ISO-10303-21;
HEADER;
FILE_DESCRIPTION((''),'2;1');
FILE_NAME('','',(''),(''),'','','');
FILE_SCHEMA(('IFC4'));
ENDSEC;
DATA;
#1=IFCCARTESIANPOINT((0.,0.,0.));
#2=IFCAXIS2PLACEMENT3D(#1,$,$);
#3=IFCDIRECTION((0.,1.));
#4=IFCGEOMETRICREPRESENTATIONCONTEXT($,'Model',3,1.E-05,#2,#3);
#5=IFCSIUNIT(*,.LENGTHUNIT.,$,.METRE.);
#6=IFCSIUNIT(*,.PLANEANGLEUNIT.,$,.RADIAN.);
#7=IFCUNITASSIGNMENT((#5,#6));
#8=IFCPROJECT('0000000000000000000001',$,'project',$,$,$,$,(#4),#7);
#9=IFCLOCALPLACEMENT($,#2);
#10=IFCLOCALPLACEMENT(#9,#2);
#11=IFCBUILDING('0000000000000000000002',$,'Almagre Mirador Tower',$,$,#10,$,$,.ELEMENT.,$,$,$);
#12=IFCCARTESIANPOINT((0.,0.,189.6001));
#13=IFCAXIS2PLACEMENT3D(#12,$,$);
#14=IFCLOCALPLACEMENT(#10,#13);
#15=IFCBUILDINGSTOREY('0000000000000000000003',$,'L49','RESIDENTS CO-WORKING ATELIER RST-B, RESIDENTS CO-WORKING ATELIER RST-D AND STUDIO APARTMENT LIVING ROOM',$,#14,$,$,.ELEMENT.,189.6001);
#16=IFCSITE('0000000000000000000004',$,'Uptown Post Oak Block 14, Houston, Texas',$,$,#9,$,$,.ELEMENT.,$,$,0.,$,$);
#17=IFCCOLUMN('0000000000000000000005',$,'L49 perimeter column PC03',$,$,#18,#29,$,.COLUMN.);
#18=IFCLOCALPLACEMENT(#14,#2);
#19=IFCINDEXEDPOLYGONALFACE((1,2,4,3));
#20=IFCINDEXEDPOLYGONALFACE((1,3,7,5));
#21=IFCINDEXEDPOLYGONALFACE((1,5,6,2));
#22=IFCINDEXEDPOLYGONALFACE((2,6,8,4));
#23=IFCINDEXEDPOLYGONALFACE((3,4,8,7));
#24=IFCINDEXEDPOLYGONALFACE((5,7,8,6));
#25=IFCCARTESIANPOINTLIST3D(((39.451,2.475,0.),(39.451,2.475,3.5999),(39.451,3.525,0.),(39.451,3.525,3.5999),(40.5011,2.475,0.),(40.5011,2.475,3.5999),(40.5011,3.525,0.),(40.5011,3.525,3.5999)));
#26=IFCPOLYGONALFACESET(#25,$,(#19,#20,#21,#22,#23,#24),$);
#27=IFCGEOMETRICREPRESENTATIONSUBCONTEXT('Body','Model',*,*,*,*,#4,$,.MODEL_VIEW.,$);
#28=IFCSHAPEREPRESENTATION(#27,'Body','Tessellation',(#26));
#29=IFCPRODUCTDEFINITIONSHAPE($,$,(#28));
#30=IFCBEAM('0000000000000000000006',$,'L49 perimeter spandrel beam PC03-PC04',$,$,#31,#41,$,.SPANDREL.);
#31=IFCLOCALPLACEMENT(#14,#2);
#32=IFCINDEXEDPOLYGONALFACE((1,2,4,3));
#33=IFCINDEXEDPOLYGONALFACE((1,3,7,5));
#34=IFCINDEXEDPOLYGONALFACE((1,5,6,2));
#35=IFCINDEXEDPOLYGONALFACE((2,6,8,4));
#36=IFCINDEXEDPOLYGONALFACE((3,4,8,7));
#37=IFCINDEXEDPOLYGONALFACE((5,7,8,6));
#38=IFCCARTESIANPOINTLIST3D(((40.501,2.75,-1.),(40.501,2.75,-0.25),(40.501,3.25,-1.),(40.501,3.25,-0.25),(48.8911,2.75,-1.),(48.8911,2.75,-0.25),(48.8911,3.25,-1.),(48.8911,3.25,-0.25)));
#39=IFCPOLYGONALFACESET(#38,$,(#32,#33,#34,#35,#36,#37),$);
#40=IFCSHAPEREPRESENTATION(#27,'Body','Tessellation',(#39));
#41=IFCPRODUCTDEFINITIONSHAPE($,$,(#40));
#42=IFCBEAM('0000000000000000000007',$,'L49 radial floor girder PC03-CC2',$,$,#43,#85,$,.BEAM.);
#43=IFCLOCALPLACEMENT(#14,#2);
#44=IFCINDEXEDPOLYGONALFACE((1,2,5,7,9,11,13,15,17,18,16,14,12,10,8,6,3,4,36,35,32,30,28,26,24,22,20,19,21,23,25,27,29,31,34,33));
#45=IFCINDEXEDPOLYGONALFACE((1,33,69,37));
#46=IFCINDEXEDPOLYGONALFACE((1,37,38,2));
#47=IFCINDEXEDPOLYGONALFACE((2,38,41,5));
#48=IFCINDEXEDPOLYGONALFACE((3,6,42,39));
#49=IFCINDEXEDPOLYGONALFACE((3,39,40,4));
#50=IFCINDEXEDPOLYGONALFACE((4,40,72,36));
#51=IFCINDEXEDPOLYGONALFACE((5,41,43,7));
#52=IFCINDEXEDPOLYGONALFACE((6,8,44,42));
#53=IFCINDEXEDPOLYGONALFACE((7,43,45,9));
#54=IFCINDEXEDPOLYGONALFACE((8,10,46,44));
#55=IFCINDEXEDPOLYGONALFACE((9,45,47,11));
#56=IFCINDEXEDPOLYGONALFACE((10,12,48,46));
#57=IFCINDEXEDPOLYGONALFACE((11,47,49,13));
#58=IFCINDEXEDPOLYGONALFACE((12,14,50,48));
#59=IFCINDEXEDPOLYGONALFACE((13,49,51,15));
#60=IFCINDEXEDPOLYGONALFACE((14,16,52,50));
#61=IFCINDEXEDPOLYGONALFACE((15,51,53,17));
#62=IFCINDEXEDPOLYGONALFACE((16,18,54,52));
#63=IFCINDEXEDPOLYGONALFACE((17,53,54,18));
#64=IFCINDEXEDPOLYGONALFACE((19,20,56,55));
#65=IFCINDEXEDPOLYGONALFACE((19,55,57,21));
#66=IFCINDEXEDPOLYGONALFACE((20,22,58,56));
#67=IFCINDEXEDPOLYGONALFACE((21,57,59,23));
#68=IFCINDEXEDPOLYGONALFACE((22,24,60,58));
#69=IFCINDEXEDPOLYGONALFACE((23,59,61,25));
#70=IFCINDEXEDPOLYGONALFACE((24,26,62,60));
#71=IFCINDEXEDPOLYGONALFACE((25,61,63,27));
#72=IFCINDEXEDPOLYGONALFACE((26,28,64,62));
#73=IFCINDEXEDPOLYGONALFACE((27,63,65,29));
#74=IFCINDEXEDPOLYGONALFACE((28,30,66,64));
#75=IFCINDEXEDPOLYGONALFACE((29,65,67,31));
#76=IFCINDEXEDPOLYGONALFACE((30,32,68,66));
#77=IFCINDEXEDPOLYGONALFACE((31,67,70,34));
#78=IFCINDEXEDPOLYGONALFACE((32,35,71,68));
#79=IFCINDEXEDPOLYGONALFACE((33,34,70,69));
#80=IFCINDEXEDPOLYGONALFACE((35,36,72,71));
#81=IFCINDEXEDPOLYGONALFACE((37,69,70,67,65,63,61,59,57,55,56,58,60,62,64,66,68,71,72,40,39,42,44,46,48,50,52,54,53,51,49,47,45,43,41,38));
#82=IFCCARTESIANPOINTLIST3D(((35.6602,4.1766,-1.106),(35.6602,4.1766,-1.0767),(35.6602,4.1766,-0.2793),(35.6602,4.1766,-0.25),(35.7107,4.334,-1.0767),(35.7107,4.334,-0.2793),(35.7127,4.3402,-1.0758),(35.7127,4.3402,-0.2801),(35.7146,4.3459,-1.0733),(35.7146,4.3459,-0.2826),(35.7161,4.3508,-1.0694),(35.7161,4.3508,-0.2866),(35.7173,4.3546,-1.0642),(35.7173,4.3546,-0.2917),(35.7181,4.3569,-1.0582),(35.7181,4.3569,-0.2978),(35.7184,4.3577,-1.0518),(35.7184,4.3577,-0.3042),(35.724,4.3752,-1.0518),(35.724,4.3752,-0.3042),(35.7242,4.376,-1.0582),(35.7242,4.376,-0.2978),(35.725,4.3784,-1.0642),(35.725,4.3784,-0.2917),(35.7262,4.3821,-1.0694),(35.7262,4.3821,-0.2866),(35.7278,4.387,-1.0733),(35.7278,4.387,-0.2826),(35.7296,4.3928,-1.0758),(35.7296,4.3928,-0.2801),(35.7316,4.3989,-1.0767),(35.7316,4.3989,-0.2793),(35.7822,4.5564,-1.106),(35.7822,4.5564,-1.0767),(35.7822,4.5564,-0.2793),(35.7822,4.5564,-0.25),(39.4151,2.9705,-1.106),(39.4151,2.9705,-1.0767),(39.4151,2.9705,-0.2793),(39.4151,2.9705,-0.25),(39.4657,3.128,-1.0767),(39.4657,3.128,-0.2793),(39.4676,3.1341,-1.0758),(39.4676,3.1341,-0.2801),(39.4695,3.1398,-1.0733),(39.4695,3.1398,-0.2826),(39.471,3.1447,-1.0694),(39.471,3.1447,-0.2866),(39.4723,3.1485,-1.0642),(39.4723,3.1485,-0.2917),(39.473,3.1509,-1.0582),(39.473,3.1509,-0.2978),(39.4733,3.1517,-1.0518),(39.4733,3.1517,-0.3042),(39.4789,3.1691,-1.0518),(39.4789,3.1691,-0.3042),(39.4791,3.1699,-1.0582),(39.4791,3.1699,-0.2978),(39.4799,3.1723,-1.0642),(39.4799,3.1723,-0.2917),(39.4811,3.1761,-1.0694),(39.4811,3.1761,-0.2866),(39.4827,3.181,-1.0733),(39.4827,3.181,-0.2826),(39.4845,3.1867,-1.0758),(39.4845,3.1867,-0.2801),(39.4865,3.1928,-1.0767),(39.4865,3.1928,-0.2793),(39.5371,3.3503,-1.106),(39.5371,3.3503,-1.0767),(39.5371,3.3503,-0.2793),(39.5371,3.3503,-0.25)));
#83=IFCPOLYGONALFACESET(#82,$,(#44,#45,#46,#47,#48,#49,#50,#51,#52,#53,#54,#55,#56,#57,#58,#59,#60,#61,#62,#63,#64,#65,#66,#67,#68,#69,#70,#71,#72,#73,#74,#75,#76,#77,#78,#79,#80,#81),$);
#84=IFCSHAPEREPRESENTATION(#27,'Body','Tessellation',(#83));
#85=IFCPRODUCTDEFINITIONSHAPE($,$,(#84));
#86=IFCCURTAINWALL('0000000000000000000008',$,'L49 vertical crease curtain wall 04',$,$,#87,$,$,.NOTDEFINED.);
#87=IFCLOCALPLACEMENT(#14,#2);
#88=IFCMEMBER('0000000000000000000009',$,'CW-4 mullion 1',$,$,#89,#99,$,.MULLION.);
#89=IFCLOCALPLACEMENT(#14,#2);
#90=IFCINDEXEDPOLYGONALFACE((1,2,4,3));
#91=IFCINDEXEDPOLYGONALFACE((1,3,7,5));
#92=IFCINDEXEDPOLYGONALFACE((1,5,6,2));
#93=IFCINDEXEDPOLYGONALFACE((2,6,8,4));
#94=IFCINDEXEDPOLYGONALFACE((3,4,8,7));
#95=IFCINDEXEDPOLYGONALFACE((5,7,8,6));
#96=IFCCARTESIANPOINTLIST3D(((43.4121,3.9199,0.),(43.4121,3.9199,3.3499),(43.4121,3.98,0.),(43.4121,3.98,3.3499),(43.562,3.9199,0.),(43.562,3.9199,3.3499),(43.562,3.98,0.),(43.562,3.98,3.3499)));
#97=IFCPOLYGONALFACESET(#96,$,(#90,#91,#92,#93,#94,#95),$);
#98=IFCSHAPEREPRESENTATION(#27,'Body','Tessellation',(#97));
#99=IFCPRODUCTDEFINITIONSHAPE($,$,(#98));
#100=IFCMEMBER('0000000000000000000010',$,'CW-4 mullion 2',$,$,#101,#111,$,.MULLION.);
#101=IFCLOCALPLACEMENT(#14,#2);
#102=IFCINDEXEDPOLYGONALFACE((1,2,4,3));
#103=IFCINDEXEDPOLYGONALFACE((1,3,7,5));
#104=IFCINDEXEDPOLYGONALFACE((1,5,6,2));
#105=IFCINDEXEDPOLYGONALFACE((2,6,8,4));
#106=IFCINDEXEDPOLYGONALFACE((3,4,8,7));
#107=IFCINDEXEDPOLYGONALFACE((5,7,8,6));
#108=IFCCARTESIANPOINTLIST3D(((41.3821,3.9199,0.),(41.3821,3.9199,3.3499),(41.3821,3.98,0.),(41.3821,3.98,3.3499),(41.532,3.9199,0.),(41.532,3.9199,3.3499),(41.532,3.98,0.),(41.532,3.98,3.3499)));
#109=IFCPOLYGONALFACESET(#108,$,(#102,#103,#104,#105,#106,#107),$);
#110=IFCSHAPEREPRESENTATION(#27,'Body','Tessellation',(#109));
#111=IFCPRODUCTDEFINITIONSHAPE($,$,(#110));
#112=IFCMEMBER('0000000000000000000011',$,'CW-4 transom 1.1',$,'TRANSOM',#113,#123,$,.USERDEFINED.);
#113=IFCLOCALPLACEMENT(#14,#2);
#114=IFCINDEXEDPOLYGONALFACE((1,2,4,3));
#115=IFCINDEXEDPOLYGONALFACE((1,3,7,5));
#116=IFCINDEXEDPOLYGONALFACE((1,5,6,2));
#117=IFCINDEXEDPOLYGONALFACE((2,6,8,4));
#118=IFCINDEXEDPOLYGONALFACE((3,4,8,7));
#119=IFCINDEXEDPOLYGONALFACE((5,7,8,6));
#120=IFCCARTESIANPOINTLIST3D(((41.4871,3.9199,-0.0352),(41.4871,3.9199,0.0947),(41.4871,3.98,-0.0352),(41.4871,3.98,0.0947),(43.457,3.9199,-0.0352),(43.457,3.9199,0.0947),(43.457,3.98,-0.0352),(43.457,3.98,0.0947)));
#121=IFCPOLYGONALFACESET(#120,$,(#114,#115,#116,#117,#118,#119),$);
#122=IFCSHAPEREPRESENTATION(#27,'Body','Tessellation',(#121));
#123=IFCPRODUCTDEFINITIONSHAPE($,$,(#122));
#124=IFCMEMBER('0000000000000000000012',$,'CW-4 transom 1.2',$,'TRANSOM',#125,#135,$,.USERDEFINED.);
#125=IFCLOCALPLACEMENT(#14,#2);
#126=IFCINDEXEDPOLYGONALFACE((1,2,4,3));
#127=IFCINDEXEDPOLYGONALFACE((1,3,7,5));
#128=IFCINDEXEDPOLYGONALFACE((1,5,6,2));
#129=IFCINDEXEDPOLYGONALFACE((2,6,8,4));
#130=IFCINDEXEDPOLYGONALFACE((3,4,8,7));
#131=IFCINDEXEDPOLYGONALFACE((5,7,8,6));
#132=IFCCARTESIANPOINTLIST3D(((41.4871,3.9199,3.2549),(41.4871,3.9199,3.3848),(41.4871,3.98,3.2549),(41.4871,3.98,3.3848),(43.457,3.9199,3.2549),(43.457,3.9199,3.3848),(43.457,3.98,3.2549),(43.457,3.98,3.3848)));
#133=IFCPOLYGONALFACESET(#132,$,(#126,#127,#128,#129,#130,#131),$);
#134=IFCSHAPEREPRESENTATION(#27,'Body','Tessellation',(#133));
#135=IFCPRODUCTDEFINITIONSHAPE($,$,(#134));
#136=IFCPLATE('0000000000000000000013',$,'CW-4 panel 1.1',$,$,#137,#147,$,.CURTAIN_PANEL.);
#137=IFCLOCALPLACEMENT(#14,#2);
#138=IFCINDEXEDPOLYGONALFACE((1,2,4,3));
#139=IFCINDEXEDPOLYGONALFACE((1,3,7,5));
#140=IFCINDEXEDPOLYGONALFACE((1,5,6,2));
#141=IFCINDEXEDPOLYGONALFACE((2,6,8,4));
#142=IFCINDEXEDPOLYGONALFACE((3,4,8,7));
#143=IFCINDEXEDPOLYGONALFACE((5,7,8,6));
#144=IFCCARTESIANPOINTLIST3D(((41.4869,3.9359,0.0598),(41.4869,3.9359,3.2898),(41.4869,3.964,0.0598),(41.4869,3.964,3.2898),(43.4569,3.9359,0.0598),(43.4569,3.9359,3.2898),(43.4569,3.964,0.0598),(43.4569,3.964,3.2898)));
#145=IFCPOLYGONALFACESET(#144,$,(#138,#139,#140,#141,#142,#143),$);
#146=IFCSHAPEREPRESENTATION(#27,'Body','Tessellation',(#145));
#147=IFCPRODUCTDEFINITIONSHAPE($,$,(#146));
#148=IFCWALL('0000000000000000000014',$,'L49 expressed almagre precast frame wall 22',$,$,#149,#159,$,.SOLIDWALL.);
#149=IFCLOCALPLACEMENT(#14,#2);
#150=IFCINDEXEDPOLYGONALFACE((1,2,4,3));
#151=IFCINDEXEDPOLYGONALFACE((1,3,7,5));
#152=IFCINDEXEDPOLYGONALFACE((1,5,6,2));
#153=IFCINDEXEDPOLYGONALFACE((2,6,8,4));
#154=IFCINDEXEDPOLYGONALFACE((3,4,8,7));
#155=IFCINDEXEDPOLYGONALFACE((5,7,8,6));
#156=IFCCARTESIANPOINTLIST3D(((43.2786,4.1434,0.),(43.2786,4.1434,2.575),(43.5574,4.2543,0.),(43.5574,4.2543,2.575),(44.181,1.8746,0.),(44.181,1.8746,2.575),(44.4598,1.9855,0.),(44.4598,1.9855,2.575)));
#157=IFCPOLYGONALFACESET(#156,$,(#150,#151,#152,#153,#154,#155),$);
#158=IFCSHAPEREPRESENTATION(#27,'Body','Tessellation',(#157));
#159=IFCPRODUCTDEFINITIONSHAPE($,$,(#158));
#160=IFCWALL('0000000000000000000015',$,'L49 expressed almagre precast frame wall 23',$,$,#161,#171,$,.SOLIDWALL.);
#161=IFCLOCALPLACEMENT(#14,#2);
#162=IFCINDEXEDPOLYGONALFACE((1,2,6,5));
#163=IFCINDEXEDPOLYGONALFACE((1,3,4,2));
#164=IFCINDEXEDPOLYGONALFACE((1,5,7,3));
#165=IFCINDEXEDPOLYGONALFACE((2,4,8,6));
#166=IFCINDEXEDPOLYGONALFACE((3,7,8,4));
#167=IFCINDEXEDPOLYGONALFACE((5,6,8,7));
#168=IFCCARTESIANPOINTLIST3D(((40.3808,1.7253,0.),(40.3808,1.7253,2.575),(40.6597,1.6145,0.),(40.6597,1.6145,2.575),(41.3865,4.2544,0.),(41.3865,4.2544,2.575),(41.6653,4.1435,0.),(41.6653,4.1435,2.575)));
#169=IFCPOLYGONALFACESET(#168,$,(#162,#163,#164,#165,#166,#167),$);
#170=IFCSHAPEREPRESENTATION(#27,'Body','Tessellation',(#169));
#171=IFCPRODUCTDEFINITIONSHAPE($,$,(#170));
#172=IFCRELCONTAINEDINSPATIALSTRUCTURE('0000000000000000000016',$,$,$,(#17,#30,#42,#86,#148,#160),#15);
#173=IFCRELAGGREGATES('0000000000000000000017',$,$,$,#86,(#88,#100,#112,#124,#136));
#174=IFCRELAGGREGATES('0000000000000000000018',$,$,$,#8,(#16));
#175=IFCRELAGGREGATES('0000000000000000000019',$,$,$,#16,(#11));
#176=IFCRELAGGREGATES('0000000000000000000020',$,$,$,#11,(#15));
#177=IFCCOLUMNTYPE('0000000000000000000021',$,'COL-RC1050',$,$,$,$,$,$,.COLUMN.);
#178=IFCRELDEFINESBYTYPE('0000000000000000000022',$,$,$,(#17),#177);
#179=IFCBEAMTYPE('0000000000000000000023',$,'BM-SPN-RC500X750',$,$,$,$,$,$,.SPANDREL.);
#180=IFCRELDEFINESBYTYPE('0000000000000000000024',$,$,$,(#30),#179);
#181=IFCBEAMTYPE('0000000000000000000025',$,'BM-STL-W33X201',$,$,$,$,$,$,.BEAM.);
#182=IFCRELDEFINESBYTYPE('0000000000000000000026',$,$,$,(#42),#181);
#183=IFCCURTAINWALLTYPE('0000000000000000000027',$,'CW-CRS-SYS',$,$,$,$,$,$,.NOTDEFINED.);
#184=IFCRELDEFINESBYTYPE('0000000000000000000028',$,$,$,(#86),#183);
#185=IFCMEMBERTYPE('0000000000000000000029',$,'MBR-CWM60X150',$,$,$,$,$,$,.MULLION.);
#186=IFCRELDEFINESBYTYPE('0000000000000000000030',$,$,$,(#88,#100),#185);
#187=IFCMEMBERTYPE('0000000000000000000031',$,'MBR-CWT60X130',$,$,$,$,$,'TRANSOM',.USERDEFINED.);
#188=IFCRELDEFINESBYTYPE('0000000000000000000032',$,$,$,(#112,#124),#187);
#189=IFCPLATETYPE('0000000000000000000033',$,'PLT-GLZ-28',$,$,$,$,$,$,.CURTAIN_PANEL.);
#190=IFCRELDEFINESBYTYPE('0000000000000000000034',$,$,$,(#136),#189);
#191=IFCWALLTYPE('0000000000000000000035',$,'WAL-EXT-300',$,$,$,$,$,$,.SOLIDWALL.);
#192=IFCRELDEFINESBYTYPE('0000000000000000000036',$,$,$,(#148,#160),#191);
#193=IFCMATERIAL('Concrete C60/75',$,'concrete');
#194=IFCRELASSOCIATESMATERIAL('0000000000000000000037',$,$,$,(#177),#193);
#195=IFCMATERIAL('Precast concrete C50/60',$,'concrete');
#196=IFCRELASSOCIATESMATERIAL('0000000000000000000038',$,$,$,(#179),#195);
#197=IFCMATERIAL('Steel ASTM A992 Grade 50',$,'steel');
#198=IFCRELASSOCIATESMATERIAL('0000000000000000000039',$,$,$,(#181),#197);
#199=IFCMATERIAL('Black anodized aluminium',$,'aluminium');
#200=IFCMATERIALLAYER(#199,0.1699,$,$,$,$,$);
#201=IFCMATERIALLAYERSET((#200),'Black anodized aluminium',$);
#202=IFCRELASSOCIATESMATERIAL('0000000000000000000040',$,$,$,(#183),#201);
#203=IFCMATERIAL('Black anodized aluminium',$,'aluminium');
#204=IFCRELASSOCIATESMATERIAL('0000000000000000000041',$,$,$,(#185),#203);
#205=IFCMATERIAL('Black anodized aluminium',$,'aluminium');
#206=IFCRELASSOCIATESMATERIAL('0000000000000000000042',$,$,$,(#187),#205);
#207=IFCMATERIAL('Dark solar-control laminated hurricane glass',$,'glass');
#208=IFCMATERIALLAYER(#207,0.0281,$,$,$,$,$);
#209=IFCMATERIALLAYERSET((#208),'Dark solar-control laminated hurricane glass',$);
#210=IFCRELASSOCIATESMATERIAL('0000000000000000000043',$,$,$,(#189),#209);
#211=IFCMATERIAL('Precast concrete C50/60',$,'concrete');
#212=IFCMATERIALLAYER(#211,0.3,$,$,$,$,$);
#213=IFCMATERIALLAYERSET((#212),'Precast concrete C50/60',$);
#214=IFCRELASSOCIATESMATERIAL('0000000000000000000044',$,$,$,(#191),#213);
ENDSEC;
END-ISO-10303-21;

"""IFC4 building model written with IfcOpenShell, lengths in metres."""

from ifc_helpers import new_model, si_unit, direction, frame, frame_2d, origin, origin_2d, place, context, subcontext, project, spatial, rectangle, i_section, extrude, material, layer, layer_set, material_profile, profile_set, type_object, element, aggregate, save


model = new_model("IFC4")

# Units and contexts
model_context = context("Model", 3, precision=1e-05, world=origin(), true_north=direction((0.0, 1.0)))
body_context = subcontext(model_context, "Body", "Model", "MODEL_VIEW")
ifc_project = project(units=[si_unit("LENGTHUNIT", "METRE"), si_unit("PLANEANGLEUNIT", "RADIAN")], contexts=[model_context])

# Site, building, storey
site_placement = place(None, origin())
site = spatial("IfcSite", under=ifc_project, at=site_placement, Name="Uptown Post Oak Block 14, Houston, Texas", CompositionType="ELEMENT", RefElevation=0.0)
building_placement = place(site_placement, origin())
building = spatial("IfcBuilding", under=site, at=building_placement, Name="Almagre Mirador Tower", CompositionType="ELEMENT")
storey_placement = place(building_placement, frame((0.0, 0.0, 189.6001)))
storey = spatial("IfcBuildingStorey", under=building, at=storey_placement, Name="L49", Description="RESIDENTS CO-WORKING ATELIER RST-B, RESIDENTS CO-WORKING ATELIER RST-D AND STUDIO APARTMENT LIVING ROOM", CompositionType="ELEMENT", Elevation=189.6001)

# Column
ifc_material_1 = material(Name="Concrete C60/75", Category="concrete")
ifc_material_profile_1 = material_profile(ifc_material_1, rectangle(XDim=1.05, YDim=1.05, at=origin_2d()), Name="RC1050X1050")
ifc_profile_set_1 = profile_set([ifc_material_profile_1], Name="Concrete C60/75")
column_type = type_object("IfcColumnType", Name="COL-RC1050", PredefinedType="COLUMN", material=ifc_profile_set_1)
column_placement = place(storey_placement, frame((39.9761, 3.0, 0.0), z_axis=(0.0, 0.0, 1.0), x_axis=(1.0, 0.0, 0.0)))
element("IfcColumn", 1, at=column_placement, inside=storey, type_object=column_type, Name="L49 perimeter column PC03", PredefinedType="COLUMN", context=body_context, shape_type="SweptSolid", body=[
    extrude(rectangle(XDim=1.05, YDim=1.05, at=origin_2d()), origin(), (0.0, 0.0, 1.0), 3.5999),
])

# Beams
ifc_material_2 = material(Name="Precast concrete C50/60", Category="concrete")
ifc_material_profile_2 = material_profile(ifc_material_2, rectangle(XDim=0.5, YDim=0.75, at=origin_2d()), Name="RC500X750")
ifc_profile_set_2 = profile_set([ifc_material_profile_2], Name="Precast concrete C50/60")
beam_type_1 = type_object("IfcBeamType", Name="BM-SPN-RC500X750", PredefinedType="SPANDREL", material=ifc_profile_set_2)
beam_1_placement = place(storey_placement, frame((40.501, 3.0, -0.625), z_axis=(1.0, 0.0, 0.0), x_axis=(0.0, 1.0, 0.0)))
element("IfcBeam", 2, at=beam_1_placement, inside=storey, type_object=beam_type_1, Name="L49 perimeter spandrel beam PC03-PC04", PredefinedType="SPANDREL", context=body_context, shape_type="SweptSolid", body=[
    extrude(rectangle(XDim=0.5, YDim=0.75, at=origin_2d()), origin(), (0.0, 0.0, 1.0), 8.3901),
])
ifc_material_3 = material(Name="Steel ASTM A992 Grade 50", Category="steel")
ifc_material_profile_3 = material_profile(ifc_material_3, i_section(OverallWidth=0.3989, OverallDepth=0.856, WebThickness=0.0183, FlangeThickness=0.0293, FilletRadius=0.0249, at=origin_2d()), Name="W33X201")
ifc_profile_set_3 = profile_set([ifc_material_profile_3], Name="Steel ASTM A992 Grade 50")
beam_type_2 = type_object("IfcBeamType", Name="BM-STL-W33X201", PredefinedType="BEAM", material=ifc_profile_set_3)
beam_2_placement = place(storey_placement, frame((39.4761, 3.1604, -0.678), z_axis=(-0.952093, 0.305809, 0.0), x_axis=(-0.305809, -0.952093, 0.0)))
element("IfcBeam", 3, at=beam_2_placement, inside=storey, type_object=beam_type_2, Name="L49 radial floor girder PC03-CC2", PredefinedType="BEAM", context=body_context, shape_type="SweptSolid", body=[
    extrude(i_section(OverallWidth=0.3989, OverallDepth=0.856, WebThickness=0.0183, FlangeThickness=0.0293, FilletRadius=0.0249, at=origin_2d()), origin(), (0.0, 0.0, 1.0), 3.9438),
])

# Curtain wall, members, plate
ifc_material_4 = material(Name="Black anodized aluminium", Category="aluminium")
ifc_layer_1 = layer(ifc_material_4, 0.1699)
ifc_layer_set_1 = layer_set([ifc_layer_1], Name="Black anodized aluminium")
curtain_wall_type = type_object("IfcCurtainWallType", Name="CW-CRS-SYS", PredefinedType="NOTDEFINED", material=ifc_layer_set_1)
curtain_wall_placement = place(storey_placement, origin())
curtain_wall = element("IfcCurtainWall", 4, at=curtain_wall_placement, inside=storey, type_object=curtain_wall_type, Name="L49 vertical crease curtain wall 04", PredefinedType="NOTDEFINED")
ifc_material_5 = material(Name="Black anodized aluminium", Category="aluminium")
ifc_material_profile_4 = material_profile(ifc_material_5, rectangle(XDim=0.0601, YDim=0.1499, at=origin_2d()), Name="CWM60X150")
ifc_profile_set_4 = profile_set([ifc_material_profile_4], Name="Black anodized aluminium")
member_type_1 = type_object("IfcMemberType", Name="MBR-CWM60X150", PredefinedType="MULLION", material=ifc_profile_set_4)
member_1_placement = place(storey_placement, frame((43.4871, 3.95, 0.0), z_axis=(0.0, 0.0, 1.0), x_axis=(0.0, -1.0, 0.0)))
member_1 = element("IfcMember", 5, at=member_1_placement, type_object=member_type_1, Name="CW-4 mullion 1", PredefinedType="MULLION", context=body_context, shape_type="SweptSolid", body=[
    extrude(rectangle(XDim=0.0601, YDim=0.1499, at=origin_2d()), origin(), (0.0, 0.0, 1.0), 3.3499),
])
member_2_placement = place(storey_placement, frame((41.457, 3.95, 0.0), z_axis=(0.0, 0.0, 1.0), x_axis=(0.0, -1.0, 0.0)))
member_2 = element("IfcMember", 6, at=member_2_placement, type_object=member_type_1, Name="CW-4 mullion 2", PredefinedType="MULLION", context=body_context, shape_type="SweptSolid", body=[
    extrude(rectangle(XDim=0.0601, YDim=0.1499, at=origin_2d()), origin(), (0.0, 0.0, 1.0), 3.3499),
])
ifc_material_6 = material(Name="Black anodized aluminium", Category="aluminium")
ifc_material_profile_5 = material_profile(ifc_material_6, rectangle(XDim=0.0601, YDim=0.1299, at=origin_2d()), Name="CWT60X130")
ifc_profile_set_5 = profile_set([ifc_material_profile_5], Name="Black anodized aluminium")
member_type_2 = type_object("IfcMemberType", Name="MBR-CWT60X130", ElementType="TRANSOM", PredefinedType="USERDEFINED", material=ifc_profile_set_5)
member_3_placement = place(storey_placement, frame((43.457, 3.95, 0.0298), z_axis=(-1.0, 0.0, 0.0), x_axis=(0.0, -1.0, 0.0)))
member_3 = element("IfcMember", 7, at=member_3_placement, type_object=member_type_2, Name="CW-4 transom 1.1", ObjectType="TRANSOM", PredefinedType="USERDEFINED", context=body_context, shape_type="SweptSolid", body=[
    extrude(rectangle(XDim=0.0601, YDim=0.1299, at=origin_2d()), origin(), (0.0, 0.0, 1.0), 1.97),
])
member_4_placement = place(storey_placement, frame((43.457, 3.95, 3.3198), z_axis=(-1.0, 0.0, 0.0), x_axis=(0.0, -1.0, 0.0)))
member_4 = element("IfcMember", 8, at=member_4_placement, type_object=member_type_2, Name="CW-4 transom 1.2", ObjectType="TRANSOM", PredefinedType="USERDEFINED", context=body_context, shape_type="SweptSolid", body=[
    extrude(rectangle(XDim=0.0601, YDim=0.1299, at=origin_2d()), origin(), (0.0, 0.0, 1.0), 1.97),
])
ifc_material_7 = material(Name="Dark solar-control laminated hurricane glass", Category="glass")
ifc_layer_2 = layer(ifc_material_7, 0.0281)
ifc_layer_set_2 = layer_set([ifc_layer_2], Name="Dark solar-control laminated hurricane glass")
plate_type = type_object("IfcPlateType", Name="PLT-GLZ-28", PredefinedType="CURTAIN_PANEL", material=ifc_layer_set_2)
plate_placement = place(storey_placement, frame((42.4719, 3.95, 0.0598), z_axis=(0.0, 0.0, 1.0), x_axis=(-1.0, 0.0, 0.0)))
plate = element("IfcPlate", 9, at=plate_placement, type_object=plate_type, Name="CW-4 panel 1.1", PredefinedType="CURTAIN_PANEL", context=body_context, shape_type="SweptSolid", body=[
    extrude(rectangle(XDim=1.97, YDim=0.0281, at=origin_2d()), origin(), (0.0, 0.0, 1.0), 3.23),
])
aggregate(curtain_wall, [member_1, member_2, member_3, member_4, plate])

# Walls
ifc_material_8 = material(Name="Precast concrete C50/60", Category="concrete")
ifc_layer_3 = layer(ifc_material_8, 0.3)
ifc_layer_set_3 = layer_set([ifc_layer_3], Name="Precast concrete C50/60")
wall_type_1 = type_object("IfcWallType", Name="WAL-EXT-300", PredefinedType="SOLIDWALL", material=ifc_layer_set_3)
wall_1_placement = place(storey_placement, frame((44.3203, 1.9302, 0.0), z_axis=(0.0, 0.0, 1.0), x_axis=(-0.369563, 0.929206, 0.0)))
element("IfcWall", 10, at=wall_1_placement, inside=storey, type_object=wall_type_1, Name="L49 expressed almagre precast frame wall 22", PredefinedType="SOLIDWALL", context=body_context, shape_type="SweptSolid", body=[
    extrude(rectangle(XDim=2.4417, YDim=0.3, at=frame_2d((1.2207, 0.0))), origin(), (0.0, 0.0, 1.0), 2.575),
])
wall_2_placement = place(storey_placement, frame((41.5259, 4.199, 0.0), z_axis=(0.0, 0.0, 1.0), x_axis=(-0.369488, -0.929236, 0.0)))
element("IfcWall", 11, at=wall_2_placement, inside=storey, type_object=wall_type_1, Name="L49 expressed almagre precast frame wall 23", PredefinedType="SOLIDWALL", context=body_context, shape_type="SweptSolid", body=[
    extrude(rectangle(XDim=2.7217, YDim=0.3, at=frame_2d((1.3608, 0.0))), origin(), (0.0, 0.0, 1.0), 2.575),
])

save(model, "model.ifc")
